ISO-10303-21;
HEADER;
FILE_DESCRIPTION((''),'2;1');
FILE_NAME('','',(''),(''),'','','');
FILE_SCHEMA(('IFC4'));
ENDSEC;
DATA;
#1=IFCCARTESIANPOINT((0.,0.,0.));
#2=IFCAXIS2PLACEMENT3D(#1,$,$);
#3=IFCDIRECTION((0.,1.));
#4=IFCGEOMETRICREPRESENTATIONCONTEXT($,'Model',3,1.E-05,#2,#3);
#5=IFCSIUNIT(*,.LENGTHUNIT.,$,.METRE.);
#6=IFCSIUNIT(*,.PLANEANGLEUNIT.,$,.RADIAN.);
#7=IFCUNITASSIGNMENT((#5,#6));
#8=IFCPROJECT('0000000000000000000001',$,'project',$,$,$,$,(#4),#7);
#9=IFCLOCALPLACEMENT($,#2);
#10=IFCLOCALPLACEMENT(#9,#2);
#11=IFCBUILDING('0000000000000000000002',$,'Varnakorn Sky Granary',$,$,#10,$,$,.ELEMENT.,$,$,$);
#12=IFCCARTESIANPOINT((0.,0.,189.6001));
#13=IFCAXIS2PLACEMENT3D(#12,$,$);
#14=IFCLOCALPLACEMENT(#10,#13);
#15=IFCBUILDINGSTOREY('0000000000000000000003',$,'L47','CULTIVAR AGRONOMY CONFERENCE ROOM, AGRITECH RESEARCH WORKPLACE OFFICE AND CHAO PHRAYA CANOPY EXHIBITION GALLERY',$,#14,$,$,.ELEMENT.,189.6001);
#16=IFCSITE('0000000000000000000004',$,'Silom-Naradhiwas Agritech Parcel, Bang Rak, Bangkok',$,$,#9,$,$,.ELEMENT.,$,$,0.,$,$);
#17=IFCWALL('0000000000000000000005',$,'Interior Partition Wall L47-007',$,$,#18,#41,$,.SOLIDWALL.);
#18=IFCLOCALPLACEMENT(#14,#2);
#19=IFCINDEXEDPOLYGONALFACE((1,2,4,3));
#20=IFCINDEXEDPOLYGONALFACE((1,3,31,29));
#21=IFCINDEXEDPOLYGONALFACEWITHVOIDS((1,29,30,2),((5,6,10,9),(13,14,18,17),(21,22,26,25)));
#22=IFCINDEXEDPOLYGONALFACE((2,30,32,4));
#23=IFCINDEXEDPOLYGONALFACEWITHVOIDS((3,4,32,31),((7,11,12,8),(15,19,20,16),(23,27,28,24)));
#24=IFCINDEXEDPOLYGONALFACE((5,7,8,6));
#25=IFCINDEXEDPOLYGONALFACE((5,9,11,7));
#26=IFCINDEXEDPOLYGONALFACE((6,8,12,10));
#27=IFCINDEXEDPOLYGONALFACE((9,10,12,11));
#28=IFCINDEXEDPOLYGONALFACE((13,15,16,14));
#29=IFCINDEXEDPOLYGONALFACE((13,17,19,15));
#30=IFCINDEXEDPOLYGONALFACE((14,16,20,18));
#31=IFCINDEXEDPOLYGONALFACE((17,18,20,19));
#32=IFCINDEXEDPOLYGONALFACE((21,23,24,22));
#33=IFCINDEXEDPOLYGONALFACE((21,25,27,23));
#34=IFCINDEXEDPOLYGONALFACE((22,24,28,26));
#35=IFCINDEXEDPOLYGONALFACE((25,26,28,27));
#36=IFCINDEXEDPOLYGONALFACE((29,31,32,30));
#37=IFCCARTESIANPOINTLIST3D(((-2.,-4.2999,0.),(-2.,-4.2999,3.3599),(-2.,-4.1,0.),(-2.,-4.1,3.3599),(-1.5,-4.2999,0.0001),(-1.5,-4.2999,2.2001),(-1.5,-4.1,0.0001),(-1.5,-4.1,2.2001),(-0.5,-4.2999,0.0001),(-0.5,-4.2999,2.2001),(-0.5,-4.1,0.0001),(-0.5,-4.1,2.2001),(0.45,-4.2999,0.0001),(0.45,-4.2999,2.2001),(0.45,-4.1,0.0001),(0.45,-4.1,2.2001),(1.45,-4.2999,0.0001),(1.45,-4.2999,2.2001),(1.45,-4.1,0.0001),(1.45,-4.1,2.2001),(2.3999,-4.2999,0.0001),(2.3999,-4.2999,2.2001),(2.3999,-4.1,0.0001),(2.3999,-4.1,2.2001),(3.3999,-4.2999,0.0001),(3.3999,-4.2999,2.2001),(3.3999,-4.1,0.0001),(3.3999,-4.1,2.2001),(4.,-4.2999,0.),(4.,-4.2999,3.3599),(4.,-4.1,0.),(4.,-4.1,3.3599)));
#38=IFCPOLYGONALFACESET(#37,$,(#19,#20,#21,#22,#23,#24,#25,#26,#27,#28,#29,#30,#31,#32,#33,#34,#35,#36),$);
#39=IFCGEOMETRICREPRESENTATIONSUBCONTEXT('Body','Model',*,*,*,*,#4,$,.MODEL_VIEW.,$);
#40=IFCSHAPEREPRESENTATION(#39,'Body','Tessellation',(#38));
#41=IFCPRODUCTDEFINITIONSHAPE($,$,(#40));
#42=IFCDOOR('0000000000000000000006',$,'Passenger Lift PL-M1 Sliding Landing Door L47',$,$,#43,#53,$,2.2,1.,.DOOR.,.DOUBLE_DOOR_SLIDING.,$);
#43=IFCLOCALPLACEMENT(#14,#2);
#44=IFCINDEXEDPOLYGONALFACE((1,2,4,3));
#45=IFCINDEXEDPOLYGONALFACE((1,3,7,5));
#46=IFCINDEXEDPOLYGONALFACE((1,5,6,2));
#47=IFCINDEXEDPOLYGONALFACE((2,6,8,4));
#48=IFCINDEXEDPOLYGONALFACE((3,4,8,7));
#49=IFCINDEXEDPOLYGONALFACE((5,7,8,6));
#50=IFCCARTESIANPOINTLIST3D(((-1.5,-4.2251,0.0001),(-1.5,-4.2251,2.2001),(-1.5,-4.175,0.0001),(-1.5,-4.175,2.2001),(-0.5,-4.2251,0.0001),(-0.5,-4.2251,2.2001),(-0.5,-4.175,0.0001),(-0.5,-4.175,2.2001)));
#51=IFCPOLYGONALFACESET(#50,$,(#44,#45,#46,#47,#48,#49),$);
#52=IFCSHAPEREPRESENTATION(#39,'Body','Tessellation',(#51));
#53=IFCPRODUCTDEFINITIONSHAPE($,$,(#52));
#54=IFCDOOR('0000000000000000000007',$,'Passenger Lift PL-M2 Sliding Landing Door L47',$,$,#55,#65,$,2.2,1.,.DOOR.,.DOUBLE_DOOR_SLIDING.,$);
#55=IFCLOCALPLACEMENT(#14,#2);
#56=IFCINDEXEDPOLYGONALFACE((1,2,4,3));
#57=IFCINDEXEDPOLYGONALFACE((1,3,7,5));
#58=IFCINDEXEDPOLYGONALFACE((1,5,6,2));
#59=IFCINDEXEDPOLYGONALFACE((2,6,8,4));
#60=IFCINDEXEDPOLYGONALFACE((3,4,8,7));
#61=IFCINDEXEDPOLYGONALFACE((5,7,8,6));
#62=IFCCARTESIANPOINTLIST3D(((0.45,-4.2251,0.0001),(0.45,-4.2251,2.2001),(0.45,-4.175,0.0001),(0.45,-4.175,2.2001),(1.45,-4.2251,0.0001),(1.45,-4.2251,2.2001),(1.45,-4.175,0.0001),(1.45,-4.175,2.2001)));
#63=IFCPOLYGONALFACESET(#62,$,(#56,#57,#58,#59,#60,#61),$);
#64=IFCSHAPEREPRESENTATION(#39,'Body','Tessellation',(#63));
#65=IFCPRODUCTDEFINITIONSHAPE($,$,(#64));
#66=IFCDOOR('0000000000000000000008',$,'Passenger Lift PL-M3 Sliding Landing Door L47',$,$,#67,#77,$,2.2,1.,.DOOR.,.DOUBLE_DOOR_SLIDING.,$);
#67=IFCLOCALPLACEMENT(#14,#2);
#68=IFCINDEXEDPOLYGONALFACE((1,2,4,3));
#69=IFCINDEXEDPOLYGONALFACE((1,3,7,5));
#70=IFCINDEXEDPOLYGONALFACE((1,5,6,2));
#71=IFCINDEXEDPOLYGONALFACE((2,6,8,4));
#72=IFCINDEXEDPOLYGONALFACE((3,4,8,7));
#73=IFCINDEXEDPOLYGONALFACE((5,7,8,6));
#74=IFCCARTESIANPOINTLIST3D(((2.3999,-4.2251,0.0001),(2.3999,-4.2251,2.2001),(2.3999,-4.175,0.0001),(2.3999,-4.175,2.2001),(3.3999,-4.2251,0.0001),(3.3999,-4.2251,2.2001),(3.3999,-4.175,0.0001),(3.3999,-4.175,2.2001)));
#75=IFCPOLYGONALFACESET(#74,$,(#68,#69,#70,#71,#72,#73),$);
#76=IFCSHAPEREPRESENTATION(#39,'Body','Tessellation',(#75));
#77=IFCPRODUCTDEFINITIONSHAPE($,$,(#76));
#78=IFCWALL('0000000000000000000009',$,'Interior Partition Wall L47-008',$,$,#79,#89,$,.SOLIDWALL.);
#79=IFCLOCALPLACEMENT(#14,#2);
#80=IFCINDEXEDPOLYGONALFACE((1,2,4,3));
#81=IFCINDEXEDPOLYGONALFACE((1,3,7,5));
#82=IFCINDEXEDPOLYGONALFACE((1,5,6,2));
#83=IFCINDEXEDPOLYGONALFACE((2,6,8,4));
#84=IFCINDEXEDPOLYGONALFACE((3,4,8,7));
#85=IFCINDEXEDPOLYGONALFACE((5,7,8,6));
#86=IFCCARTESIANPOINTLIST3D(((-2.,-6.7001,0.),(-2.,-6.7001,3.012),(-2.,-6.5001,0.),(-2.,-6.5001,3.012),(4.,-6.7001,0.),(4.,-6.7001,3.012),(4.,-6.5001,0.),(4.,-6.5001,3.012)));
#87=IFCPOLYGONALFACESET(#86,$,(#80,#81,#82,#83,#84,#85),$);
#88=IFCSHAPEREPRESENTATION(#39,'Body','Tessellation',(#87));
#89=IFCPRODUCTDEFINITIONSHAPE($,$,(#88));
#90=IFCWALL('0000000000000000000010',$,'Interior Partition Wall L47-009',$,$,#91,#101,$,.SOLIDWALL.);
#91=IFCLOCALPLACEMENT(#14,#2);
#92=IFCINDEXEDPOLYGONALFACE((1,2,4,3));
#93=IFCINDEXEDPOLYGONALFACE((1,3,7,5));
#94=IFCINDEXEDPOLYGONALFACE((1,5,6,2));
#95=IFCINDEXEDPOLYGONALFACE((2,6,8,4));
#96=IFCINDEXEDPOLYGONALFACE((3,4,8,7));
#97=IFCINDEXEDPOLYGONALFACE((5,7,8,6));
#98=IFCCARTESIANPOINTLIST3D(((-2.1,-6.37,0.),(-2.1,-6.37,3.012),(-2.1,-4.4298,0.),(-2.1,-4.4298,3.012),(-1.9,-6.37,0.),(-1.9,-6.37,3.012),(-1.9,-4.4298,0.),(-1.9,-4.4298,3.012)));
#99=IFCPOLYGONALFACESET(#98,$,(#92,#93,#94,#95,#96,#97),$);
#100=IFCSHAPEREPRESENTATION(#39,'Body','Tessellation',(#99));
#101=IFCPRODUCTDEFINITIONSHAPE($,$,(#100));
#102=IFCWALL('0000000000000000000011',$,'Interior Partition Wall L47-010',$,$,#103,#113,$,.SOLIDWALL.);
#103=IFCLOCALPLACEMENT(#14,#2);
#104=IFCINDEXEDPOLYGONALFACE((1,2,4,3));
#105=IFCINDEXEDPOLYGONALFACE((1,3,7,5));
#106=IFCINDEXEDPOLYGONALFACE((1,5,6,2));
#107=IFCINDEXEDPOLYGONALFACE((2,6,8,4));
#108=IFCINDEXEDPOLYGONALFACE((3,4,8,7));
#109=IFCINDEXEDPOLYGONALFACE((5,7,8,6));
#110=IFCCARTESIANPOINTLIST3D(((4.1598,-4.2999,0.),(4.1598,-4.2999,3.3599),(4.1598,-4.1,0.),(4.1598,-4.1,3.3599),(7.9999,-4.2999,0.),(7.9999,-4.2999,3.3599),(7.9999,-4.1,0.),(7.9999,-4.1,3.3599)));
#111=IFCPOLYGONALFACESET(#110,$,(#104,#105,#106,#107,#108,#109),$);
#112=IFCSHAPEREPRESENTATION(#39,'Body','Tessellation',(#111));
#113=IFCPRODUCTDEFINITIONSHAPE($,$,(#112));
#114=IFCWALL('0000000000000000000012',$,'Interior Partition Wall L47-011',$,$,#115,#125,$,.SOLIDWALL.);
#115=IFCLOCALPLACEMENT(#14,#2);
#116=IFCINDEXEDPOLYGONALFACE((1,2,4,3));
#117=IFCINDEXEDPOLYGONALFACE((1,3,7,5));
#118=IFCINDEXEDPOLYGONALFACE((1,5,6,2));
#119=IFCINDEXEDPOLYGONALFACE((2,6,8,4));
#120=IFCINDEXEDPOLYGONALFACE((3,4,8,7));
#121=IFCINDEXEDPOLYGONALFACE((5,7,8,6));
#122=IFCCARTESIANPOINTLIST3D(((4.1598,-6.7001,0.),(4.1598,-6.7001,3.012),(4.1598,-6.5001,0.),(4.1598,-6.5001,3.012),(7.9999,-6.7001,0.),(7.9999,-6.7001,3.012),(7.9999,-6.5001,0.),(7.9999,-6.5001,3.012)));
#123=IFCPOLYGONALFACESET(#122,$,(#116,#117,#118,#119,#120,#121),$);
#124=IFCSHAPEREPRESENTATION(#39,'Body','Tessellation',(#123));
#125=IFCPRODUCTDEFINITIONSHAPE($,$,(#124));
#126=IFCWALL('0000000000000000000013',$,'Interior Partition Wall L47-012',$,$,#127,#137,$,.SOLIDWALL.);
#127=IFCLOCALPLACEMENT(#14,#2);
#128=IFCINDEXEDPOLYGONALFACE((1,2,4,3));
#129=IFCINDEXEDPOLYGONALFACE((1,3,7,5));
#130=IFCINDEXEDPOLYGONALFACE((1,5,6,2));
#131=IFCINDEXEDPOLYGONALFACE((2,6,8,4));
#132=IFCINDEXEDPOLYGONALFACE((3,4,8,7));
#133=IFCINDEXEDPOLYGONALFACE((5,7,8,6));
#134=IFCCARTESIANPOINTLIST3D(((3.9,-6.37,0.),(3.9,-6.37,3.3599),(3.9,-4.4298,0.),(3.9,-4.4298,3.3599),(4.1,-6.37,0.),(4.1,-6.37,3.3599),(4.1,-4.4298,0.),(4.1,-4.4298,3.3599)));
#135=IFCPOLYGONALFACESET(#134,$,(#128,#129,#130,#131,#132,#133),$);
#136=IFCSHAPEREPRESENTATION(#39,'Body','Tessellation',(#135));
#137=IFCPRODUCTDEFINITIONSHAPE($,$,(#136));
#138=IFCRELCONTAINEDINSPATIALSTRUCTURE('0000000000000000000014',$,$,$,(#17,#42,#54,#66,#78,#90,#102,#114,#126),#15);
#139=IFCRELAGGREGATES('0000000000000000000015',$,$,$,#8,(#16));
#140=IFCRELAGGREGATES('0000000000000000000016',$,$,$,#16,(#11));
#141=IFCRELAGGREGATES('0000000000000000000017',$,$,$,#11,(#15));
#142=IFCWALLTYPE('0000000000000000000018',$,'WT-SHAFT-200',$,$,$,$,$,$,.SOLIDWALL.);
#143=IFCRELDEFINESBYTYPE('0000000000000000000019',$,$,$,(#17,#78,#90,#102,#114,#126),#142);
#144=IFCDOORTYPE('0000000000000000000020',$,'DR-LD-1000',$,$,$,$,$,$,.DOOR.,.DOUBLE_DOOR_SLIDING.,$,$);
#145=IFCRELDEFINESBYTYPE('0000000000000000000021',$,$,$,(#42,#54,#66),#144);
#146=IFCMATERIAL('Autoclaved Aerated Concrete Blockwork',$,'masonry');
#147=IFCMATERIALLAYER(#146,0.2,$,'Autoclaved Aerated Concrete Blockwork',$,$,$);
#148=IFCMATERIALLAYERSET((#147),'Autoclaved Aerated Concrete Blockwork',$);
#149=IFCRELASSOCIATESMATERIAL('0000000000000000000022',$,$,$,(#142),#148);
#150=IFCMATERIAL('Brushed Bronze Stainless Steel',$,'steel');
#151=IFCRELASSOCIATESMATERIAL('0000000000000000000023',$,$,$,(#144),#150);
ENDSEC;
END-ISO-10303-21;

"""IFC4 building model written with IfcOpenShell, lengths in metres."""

from ifc_helpers import new_model, si_unit, direction, frame, frame_2d, origin, place, context, subcontext, project, spatial, rectangle, extrude, material, layer, layer_set, type_object, element, fill, save


model = new_model("IFC4")

# Units and contexts
model_context = context("Model", 3, precision=1e-05, world=origin(), true_north=direction((0.0, 1.0)))
body_context = subcontext(model_context, "Body", "Model", "MODEL_VIEW")
ifc_project = project(units=[si_unit("LENGTHUNIT", "METRE"), si_unit("PLANEANGLEUNIT", "RADIAN")], contexts=[model_context])

# Site, building, storey
site_placement = place(None, origin())
site = spatial("IfcSite", under=ifc_project, at=site_placement, Name="Silom-Naradhiwas Agritech Parcel, Bang Rak, Bangkok", CompositionType="ELEMENT", RefElevation=0.0)
building_placement = place(site_placement, origin())
building = spatial("IfcBuilding", under=site, at=building_placement, Name="Varnakorn Sky Granary", CompositionType="ELEMENT")
storey_placement = place(building_placement, frame((0.0, 0.0, 189.6001)))
storey = spatial("IfcBuildingStorey", under=building, at=storey_placement, Name="L47", Description="CULTIVAR AGRONOMY CONFERENCE ROOM, AGRITECH RESEARCH WORKPLACE OFFICE AND CHAO PHRAYA CANOPY EXHIBITION GALLERY", CompositionType="ELEMENT", Elevation=189.6001)

# Shared definitions
ifc_material_1 = material(Name="Autoclaved Aerated Concrete Blockwork", Category="masonry")

# Shared definitions
ifc_layer_1 = layer(ifc_material_1, 0.2, Name="Autoclaved Aerated Concrete Blockwork")
ifc_layer_set_1 = layer_set([ifc_layer_1], Name="Autoclaved Aerated Concrete Blockwork")
wall_type_1 = type_object("IfcWallType", Name="WT-SHAFT-200", PredefinedType="SOLIDWALL", material=ifc_layer_set_1)

# Wall, openings, doors
wall_1_placement = place(storey_placement, frame((-2.0, -4.2, 0.0), z_axis=(0.0, 0.0, 1.0), x_axis=(1.0, 0.0, 0.0)))
wall_1 = element("IfcWall", 1, at=wall_1_placement, inside=storey, type_object=wall_type_1, Name="Interior Partition Wall L47-007", PredefinedType="SOLIDWALL", context=body_context, shape_type="SweptSolid", body=[
    extrude(rectangle(XDim=6.0, YDim=0.2, at=frame_2d((3.0, 0.0))), origin(), (0.0, 0.0, 1.0), 3.3599),
])
opening_1_placement = place(wall_1_placement, frame((0.5, 0.0, 0.0)))
opening_1 = element("IfcOpeningElement", 2, at=opening_1_placement, cuts=wall_1, PredefinedType="OPENING", context=body_context, shape_type="SweptSolid", body=[
    extrude(rectangle(XDim=1.0, YDim=2.2, at=frame_2d((0.5, 1.1001))), frame((0.0, 0.1099, 0.0), z_axis=(0.0, -1.0, 0.0), x_axis=(1.0, 0.0, 0.0)), (0.0, 0.0, 1.0), 0.22),
])
opening_2_placement = place(wall_1_placement, frame((2.45, 0.0, 0.0)))
opening_2 = element("IfcOpeningElement", 3, at=opening_2_placement, cuts=wall_1, PredefinedType="OPENING", context=body_context, shape_type="SweptSolid", body=[
    extrude(rectangle(XDim=1.0, YDim=2.2, at=frame_2d((0.5, 1.1001))), frame((0.0, 0.1099, 0.0), z_axis=(0.0, -1.0, 0.0), x_axis=(1.0, 0.0, 0.0)), (0.0, 0.0, 1.0), 0.22),
])
opening_3_placement = place(wall_1_placement, frame((4.3999, 0.0, 0.0)))
opening_3 = element("IfcOpeningElement", 4, at=opening_3_placement, cuts=wall_1, PredefinedType="OPENING", context=body_context, shape_type="SweptSolid", body=[
    extrude(rectangle(XDim=1.0, YDim=2.2, at=frame_2d((0.5, 1.1001))), frame((0.0, 0.1099, 0.0), z_axis=(0.0, -1.0, 0.0), x_axis=(1.0, 0.0, 0.0)), (0.0, 0.0, 1.0), 0.22),
])
ifc_material_2 = material(Name="Brushed Bronze Stainless Steel", Category="steel")
door_type_1 = type_object("IfcDoorType", Name="DR-LD-1000", OperationType="DOUBLE_DOOR_SLIDING", PredefinedType="DOOR", material=ifc_material_2)
door_1_placement = place(opening_1_placement, origin())
door_1 = element("IfcDoor", 5, at=door_1_placement, inside=storey, type_object=door_type_1, Name="Passenger Lift PL-M1 Sliding Landing Door L47", OperationType="DOUBLE_DOOR_SLIDING", OverallHeight=2.2, OverallWidth=1.0, PredefinedType="DOOR", context=body_context, shape_type="SweptSolid", body=[
    extrude(rectangle(XDim=1.0, YDim=2.2, at=frame_2d((0.5, 1.1001))), frame((0.0, 0.0249, 0.0), z_axis=(0.0, -1.0, 0.0), x_axis=(1.0, 0.0, 0.0)), (0.0, 0.0, 1.0), 0.05),
])
fill(opening_1, door_1)
door_2_placement = place(opening_2_placement, origin())
door_2 = element("IfcDoor", 6, at=door_2_placement, inside=storey, type_object=door_type_1, Name="Passenger Lift PL-M2 Sliding Landing Door L47", OperationType="DOUBLE_DOOR_SLIDING", OverallHeight=2.2, OverallWidth=1.0, PredefinedType="DOOR", context=body_context, shape_type="SweptSolid", body=[
    extrude(rectangle(XDim=1.0, YDim=2.2, at=frame_2d((0.5, 1.1001))), frame((0.0, 0.0249, 0.0), z_axis=(0.0, -1.0, 0.0), x_axis=(1.0, 0.0, 0.0)), (0.0, 0.0, 1.0), 0.05),
])
fill(opening_2, door_2)
door_3_placement = place(opening_3_placement, origin())
door_3 = element("IfcDoor", 7, at=door_3_placement, inside=storey, type_object=door_type_1, Name="Passenger Lift PL-M3 Sliding Landing Door L47", OperationType="DOUBLE_DOOR_SLIDING", OverallHeight=2.2, OverallWidth=1.0, PredefinedType="DOOR", context=body_context, shape_type="SweptSolid", body=[
    extrude(rectangle(XDim=1.0, YDim=2.2, at=frame_2d((0.5, 1.1001))), frame((0.0, 0.0249, 0.0), z_axis=(0.0, -1.0, 0.0), x_axis=(1.0, 0.0, 0.0)), (0.0, 0.0, 1.0), 0.05),
])
fill(opening_3, door_3)

# Walls
wall_2_placement = place(storey_placement, frame((-2.0, -6.6001, 0.0), z_axis=(0.0, 0.0, 1.0), x_axis=(1.0, 0.0, 0.0)))
element("IfcWall", 8, at=wall_2_placement, inside=storey, type_object=wall_type_1, Name="Interior Partition Wall L47-008", PredefinedType="SOLIDWALL", context=body_context, shape_type="SweptSolid", body=[
    extrude(rectangle(XDim=6.0, YDim=0.2, at=frame_2d((3.0, 0.0))), origin(), (0.0, 0.0, 1.0), 3.012),
])
wall_3_placement = place(storey_placement, frame((-2.0, -6.3701, 0.0), z_axis=(0.0, 0.0, 1.0), x_axis=(0.0, 1.0, 0.0)))
element("IfcWall", 9, at=wall_3_placement, inside=storey, type_object=wall_type_1, Name="Interior Partition Wall L47-009", PredefinedType="SOLIDWALL", context=body_context, shape_type="SweptSolid", body=[
    extrude(rectangle(XDim=1.9402, YDim=0.2, at=frame_2d((0.9702, 0.0))), origin(), (0.0, 0.0, 1.0), 3.012),
])
wall_4_placement = place(storey_placement, frame((4.1599, -4.2, 0.0), z_axis=(0.0, 0.0, 1.0), x_axis=(1.0, 0.0, 0.0)))
element("IfcWall", 10, at=wall_4_placement, inside=storey, type_object=wall_type_1, Name="Interior Partition Wall L47-010", PredefinedType="SOLIDWALL", context=body_context, shape_type="SweptSolid", body=[
    extrude(rectangle(XDim=3.8401, YDim=0.2, at=frame_2d((1.9199, 0.0))), origin(), (0.0, 0.0, 1.0), 3.3599),
])
wall_5_placement = place(storey_placement, frame((4.1599, -6.6001, 0.0), z_axis=(0.0, 0.0, 1.0), x_axis=(1.0, 0.0, 0.0)))
element("IfcWall", 11, at=wall_5_placement, inside=storey, type_object=wall_type_1, Name="Interior Partition Wall L47-011", PredefinedType="SOLIDWALL", context=body_context, shape_type="SweptSolid", body=[
    extrude(rectangle(XDim=3.8401, YDim=0.2, at=frame_2d((1.9199, 0.0))), origin(), (0.0, 0.0, 1.0), 3.012),
])
wall_6_placement = place(storey_placement, frame((4.0, -6.3701, 0.0), z_axis=(0.0, 0.0, 1.0), x_axis=(0.0, 1.0, 0.0)))
element("IfcWall", 12, at=wall_6_placement, inside=storey, type_object=wall_type_1, Name="Interior Partition Wall L47-012", PredefinedType="SOLIDWALL", context=body_context, shape_type="SweptSolid", body=[
    extrude(rectangle(XDim=1.9402, YDim=0.2, at=frame_2d((0.9702, 0.0))), origin(), (0.0, 0.0, 1.0), 3.3599),
])

save(model, "model.ifc")
